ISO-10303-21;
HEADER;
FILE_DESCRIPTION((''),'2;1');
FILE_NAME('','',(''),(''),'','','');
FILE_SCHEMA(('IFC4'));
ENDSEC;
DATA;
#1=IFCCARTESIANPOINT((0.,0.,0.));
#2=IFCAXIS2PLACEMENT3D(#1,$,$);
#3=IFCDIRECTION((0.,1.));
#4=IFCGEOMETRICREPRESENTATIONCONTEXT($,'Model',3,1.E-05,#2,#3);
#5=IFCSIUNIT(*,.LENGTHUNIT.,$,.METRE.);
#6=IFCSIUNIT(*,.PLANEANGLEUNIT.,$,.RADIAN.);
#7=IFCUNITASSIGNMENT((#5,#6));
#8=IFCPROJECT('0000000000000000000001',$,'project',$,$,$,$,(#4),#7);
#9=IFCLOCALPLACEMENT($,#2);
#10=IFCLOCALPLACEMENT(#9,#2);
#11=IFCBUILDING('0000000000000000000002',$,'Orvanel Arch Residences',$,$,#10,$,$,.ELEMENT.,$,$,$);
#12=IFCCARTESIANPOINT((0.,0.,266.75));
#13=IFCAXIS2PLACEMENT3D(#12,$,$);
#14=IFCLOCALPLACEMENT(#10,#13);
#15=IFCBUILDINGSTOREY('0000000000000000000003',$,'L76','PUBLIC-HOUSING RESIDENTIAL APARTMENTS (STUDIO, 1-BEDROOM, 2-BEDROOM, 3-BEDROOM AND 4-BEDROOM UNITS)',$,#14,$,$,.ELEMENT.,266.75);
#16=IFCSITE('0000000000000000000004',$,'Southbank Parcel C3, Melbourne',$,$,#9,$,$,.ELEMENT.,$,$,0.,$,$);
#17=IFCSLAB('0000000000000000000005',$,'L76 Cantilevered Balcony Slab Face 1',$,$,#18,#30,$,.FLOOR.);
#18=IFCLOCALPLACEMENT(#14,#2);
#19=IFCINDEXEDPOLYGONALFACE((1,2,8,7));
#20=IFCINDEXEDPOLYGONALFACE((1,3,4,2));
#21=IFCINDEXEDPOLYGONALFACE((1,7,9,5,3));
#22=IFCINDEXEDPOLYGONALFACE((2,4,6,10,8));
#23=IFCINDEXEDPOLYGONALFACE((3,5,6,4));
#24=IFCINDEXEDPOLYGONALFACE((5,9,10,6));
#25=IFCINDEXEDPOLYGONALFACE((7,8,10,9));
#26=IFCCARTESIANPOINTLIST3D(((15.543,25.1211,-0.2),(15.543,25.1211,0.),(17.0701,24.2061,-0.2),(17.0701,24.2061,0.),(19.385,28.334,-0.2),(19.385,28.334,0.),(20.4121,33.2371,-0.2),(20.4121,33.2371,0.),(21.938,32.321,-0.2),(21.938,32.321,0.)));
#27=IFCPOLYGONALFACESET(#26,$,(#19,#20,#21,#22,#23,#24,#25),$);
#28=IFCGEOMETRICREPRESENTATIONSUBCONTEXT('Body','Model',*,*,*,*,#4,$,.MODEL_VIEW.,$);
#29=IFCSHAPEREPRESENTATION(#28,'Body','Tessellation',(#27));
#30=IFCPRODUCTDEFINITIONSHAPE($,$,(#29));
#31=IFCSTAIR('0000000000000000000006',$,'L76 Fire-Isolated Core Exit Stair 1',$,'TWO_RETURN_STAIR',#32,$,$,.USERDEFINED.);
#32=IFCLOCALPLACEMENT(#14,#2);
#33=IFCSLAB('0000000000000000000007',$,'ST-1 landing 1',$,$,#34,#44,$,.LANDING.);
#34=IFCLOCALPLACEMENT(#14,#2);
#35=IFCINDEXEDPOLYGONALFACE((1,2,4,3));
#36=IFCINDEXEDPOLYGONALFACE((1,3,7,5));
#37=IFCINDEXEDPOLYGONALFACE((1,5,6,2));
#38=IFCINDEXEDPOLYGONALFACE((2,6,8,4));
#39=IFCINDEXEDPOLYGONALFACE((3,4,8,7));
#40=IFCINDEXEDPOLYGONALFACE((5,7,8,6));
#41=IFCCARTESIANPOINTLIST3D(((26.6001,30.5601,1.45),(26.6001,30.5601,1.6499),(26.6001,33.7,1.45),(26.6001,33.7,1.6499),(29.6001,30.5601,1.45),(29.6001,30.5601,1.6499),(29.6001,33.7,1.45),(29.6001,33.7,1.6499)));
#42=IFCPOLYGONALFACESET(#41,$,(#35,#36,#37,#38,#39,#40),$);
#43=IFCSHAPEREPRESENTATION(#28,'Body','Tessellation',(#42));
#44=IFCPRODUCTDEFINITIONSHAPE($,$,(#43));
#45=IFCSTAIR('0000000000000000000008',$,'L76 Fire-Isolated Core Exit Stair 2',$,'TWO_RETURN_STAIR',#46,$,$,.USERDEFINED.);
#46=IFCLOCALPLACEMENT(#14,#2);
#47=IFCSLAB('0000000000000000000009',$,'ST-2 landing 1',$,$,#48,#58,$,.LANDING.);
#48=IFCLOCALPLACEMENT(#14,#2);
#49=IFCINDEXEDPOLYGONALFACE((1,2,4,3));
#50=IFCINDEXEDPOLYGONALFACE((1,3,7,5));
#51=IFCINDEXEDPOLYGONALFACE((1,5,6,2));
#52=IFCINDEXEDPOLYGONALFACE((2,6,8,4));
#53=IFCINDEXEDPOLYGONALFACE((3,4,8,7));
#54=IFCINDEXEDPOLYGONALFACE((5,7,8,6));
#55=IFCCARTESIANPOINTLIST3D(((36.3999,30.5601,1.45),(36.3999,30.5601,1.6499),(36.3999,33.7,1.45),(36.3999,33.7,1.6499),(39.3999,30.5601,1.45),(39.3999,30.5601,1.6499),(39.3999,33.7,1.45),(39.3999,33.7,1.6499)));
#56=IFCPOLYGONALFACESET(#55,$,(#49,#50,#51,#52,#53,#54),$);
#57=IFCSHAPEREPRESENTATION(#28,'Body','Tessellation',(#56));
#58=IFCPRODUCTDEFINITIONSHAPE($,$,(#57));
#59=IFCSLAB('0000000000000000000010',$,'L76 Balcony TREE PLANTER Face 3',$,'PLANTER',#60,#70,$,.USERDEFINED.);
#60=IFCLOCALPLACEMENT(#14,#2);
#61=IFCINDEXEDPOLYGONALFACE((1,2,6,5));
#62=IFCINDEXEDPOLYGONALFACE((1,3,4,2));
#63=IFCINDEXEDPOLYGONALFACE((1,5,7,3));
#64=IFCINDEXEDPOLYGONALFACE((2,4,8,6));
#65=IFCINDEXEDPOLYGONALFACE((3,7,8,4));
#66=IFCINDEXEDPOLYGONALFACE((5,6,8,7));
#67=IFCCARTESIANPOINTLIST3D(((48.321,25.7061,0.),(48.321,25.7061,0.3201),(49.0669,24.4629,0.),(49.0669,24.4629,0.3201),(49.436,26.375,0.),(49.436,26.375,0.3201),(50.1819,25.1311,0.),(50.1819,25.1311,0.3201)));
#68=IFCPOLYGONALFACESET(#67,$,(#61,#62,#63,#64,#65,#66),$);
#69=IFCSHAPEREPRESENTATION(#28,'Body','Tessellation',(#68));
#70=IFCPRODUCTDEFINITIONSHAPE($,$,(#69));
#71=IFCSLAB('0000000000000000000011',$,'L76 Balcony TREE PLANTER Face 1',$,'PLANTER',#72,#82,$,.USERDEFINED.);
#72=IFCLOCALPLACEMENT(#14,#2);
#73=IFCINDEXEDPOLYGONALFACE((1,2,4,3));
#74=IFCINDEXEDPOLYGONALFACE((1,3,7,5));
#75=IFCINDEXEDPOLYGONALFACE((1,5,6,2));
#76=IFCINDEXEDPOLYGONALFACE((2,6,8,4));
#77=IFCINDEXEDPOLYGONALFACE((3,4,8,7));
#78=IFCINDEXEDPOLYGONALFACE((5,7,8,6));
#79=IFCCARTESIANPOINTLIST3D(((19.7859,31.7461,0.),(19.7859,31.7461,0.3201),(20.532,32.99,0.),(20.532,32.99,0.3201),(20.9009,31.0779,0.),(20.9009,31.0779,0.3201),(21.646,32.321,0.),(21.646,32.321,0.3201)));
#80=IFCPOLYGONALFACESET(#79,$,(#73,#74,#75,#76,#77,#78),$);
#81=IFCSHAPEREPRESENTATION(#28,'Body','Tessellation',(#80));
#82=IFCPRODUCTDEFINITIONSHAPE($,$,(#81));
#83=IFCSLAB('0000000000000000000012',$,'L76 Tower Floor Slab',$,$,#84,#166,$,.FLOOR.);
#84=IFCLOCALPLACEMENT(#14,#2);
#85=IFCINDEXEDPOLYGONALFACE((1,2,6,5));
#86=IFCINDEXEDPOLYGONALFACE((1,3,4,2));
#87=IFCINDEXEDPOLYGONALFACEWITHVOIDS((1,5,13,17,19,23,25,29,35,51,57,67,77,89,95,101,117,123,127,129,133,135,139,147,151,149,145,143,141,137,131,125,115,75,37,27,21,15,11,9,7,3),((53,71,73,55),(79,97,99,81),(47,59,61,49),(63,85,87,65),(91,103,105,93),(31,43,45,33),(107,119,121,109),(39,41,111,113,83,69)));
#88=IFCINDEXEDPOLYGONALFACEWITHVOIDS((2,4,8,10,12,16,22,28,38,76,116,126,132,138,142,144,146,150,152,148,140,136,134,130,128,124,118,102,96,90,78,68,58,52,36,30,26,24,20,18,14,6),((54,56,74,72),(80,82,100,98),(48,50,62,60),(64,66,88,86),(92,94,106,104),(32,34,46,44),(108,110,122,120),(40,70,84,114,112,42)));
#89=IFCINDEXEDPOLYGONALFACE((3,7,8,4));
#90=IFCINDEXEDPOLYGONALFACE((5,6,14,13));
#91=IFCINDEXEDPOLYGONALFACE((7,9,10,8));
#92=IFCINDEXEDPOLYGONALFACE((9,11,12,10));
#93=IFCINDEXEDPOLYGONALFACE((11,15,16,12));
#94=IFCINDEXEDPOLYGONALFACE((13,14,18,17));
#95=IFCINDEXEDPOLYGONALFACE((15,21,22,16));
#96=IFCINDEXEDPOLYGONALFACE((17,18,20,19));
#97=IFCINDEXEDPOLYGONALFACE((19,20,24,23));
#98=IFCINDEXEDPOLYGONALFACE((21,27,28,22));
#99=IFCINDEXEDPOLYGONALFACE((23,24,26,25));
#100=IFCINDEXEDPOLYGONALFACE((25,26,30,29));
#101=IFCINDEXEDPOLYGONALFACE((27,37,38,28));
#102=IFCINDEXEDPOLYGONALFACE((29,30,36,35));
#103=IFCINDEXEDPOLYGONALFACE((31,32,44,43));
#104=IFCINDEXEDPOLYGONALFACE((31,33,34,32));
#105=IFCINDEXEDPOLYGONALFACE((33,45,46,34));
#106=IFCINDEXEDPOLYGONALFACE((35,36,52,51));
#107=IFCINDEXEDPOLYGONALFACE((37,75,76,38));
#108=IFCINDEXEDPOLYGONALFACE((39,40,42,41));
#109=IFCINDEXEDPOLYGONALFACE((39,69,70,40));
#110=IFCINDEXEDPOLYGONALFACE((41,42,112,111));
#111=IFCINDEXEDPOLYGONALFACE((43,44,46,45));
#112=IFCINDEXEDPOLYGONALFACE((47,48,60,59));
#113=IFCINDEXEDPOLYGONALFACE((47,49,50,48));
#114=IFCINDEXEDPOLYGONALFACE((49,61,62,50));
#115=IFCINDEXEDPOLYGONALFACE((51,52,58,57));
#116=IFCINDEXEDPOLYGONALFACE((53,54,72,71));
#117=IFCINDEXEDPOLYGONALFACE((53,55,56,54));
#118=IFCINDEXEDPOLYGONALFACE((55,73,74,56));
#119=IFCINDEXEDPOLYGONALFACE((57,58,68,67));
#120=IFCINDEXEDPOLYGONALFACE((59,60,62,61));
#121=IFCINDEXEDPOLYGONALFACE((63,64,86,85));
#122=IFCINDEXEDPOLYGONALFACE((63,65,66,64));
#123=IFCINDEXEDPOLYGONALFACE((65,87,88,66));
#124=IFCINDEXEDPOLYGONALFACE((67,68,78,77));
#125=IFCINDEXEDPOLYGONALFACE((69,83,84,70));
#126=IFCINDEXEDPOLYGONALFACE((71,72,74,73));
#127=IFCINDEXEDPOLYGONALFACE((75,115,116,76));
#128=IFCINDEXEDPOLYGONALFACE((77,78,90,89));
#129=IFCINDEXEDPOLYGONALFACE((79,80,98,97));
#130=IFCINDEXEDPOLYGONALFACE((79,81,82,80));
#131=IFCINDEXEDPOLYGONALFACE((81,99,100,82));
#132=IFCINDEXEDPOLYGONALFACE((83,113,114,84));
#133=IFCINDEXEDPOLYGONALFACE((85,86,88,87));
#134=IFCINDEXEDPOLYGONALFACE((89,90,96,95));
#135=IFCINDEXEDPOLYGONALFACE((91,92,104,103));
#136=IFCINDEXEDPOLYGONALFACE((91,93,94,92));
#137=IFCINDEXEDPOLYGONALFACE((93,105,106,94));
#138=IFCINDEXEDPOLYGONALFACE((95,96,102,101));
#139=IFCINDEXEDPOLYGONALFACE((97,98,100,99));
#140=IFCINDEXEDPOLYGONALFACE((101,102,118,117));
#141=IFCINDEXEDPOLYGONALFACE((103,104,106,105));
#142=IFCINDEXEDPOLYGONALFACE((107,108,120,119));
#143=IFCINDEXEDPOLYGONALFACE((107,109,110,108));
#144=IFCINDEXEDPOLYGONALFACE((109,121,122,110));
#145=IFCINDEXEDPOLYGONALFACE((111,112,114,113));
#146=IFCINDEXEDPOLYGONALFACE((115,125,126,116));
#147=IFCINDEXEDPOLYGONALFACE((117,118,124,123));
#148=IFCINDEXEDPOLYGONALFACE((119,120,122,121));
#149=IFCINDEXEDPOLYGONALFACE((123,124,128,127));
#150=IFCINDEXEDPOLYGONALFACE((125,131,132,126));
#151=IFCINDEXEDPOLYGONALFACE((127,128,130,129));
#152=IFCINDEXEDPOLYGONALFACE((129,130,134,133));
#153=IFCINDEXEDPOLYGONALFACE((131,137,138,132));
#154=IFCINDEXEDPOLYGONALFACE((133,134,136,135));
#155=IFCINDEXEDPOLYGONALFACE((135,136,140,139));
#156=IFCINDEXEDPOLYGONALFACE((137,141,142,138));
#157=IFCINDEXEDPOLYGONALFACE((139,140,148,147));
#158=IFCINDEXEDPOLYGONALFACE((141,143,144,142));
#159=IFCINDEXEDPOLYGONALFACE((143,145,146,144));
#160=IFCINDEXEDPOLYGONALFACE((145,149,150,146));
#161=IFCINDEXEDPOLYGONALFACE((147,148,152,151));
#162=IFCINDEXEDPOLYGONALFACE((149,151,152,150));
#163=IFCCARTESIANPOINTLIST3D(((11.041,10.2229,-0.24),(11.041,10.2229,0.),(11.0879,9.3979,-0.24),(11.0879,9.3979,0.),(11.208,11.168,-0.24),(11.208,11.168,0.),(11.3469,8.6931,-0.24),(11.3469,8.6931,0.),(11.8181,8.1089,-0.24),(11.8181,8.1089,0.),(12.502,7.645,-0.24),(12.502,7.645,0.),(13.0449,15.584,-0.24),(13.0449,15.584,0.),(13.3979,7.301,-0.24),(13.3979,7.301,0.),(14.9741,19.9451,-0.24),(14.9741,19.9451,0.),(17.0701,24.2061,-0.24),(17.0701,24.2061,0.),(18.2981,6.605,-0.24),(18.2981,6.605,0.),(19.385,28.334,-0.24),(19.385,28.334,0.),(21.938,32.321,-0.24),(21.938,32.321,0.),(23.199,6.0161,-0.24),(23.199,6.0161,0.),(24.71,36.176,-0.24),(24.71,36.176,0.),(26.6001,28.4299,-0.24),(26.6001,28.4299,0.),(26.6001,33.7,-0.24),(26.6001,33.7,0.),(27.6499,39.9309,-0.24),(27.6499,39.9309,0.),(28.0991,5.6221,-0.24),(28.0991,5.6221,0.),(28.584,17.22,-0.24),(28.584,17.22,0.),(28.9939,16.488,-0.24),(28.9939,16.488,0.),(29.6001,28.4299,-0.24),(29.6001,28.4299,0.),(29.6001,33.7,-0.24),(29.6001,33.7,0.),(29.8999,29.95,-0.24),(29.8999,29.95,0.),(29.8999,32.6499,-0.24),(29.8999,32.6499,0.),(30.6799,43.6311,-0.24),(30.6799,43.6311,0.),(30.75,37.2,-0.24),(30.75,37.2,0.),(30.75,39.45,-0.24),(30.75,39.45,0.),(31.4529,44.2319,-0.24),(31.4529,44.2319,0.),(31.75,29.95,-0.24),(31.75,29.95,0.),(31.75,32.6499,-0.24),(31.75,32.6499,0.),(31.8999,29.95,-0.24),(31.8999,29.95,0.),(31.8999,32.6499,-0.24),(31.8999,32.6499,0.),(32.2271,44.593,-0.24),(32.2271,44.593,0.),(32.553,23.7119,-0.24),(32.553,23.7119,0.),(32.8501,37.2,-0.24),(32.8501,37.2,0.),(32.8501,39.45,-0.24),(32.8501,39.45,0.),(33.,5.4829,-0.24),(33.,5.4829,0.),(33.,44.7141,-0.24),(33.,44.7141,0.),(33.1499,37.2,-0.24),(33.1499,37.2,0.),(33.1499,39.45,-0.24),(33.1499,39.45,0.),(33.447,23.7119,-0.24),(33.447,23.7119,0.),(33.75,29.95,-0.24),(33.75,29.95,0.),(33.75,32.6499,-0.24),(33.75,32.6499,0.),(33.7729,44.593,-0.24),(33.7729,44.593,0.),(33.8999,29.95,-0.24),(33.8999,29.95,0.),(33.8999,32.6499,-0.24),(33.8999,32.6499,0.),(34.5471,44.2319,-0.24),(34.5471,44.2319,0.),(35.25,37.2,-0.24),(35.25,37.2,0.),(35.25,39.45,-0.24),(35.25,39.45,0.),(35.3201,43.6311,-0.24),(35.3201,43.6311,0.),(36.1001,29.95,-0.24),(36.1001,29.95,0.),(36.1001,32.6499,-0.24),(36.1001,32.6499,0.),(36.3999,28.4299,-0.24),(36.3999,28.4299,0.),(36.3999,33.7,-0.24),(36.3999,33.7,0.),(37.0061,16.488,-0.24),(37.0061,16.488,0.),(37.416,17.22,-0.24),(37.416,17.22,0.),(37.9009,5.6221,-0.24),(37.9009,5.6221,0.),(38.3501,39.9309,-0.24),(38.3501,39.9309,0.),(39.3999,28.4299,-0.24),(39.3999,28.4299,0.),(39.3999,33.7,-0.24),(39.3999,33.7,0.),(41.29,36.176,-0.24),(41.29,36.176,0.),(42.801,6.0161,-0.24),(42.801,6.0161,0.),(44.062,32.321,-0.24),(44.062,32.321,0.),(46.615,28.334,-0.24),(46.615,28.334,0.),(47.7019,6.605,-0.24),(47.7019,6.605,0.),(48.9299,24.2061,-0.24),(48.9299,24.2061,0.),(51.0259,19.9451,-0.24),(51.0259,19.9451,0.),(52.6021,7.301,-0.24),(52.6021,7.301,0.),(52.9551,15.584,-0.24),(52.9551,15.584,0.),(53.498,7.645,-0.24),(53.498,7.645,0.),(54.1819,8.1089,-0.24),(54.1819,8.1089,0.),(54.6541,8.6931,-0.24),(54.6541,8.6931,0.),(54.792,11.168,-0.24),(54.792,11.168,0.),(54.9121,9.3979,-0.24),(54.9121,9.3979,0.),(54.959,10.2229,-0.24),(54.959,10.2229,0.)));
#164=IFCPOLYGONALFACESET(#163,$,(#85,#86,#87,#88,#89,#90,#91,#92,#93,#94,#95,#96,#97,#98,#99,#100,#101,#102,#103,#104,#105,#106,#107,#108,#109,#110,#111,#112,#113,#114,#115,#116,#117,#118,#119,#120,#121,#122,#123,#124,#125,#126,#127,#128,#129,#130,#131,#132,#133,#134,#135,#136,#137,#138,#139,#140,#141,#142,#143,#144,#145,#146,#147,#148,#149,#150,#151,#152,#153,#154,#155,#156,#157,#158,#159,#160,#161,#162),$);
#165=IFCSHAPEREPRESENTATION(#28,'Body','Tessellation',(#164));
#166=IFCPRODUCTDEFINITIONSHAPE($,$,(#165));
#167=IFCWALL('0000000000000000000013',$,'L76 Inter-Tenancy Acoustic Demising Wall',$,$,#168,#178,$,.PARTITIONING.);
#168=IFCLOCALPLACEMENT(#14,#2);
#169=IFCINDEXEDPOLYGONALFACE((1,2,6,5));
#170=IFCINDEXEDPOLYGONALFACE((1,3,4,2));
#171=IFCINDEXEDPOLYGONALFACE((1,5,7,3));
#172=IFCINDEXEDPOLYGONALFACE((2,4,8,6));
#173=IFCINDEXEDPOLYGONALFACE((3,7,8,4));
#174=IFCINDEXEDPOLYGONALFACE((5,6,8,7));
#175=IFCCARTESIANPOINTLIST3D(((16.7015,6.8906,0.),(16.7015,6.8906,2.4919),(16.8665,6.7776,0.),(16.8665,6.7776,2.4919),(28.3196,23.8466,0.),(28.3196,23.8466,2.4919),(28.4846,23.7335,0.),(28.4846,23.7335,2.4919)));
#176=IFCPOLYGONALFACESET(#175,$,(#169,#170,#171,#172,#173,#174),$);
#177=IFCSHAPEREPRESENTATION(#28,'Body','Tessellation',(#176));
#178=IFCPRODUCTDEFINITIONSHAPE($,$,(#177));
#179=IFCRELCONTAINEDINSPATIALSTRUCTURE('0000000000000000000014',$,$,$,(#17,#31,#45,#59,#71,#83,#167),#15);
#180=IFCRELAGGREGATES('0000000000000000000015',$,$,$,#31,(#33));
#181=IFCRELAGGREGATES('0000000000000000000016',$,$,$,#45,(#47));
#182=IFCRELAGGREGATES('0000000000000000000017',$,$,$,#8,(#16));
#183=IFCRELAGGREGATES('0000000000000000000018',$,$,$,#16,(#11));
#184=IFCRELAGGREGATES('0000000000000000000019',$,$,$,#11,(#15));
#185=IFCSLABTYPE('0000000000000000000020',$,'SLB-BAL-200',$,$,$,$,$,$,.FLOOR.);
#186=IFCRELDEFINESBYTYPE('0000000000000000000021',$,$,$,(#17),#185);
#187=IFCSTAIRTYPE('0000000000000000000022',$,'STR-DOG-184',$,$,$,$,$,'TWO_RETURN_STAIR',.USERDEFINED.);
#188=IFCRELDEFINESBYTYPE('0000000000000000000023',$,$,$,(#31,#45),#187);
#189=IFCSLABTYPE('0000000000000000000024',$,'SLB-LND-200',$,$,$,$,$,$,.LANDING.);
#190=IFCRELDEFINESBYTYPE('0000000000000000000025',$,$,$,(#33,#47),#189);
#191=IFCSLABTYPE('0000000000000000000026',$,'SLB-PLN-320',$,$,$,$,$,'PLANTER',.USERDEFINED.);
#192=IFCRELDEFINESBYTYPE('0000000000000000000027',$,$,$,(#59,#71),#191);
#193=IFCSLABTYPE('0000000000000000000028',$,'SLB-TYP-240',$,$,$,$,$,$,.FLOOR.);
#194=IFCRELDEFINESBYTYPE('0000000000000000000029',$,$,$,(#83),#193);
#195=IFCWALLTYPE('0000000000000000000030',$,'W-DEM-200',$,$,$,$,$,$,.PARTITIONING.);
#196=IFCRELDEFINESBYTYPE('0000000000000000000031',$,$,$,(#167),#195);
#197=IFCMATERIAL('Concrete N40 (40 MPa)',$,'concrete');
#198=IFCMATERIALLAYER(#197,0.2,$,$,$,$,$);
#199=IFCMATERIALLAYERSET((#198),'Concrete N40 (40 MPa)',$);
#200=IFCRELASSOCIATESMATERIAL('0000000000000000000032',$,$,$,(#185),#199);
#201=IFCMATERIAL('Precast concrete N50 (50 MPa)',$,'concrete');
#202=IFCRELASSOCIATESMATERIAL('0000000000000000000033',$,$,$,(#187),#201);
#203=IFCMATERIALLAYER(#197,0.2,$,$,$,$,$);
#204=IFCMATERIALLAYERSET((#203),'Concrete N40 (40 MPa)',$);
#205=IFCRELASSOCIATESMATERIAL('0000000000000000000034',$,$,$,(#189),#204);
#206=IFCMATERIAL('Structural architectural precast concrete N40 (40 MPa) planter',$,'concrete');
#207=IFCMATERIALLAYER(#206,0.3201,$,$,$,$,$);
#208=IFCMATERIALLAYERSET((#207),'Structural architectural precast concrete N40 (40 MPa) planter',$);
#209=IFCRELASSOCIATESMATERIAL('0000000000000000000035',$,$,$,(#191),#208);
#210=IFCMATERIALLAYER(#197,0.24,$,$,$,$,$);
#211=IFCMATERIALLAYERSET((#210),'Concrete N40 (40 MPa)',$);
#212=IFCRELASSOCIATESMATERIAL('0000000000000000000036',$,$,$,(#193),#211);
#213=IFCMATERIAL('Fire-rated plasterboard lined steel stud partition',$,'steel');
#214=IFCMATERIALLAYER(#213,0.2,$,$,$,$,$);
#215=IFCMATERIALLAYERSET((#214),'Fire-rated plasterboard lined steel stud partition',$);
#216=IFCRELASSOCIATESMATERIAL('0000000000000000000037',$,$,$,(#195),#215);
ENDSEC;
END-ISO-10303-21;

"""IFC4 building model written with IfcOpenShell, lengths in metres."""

from ifc_helpers import new_model, si_unit, direction, frame, frame_2d, origin, place, context, subcontext, project, spatial, polyline, rectangle, outline, extrude, material, layer, layer_set, type_object, element, aggregate, save


model = new_model("IFC4")

# Units and contexts
model_context = context("Model", 3, precision=1e-05, world=origin(), true_north=direction((0.0, 1.0)))
body_context = subcontext(model_context, "Body", "Model", "MODEL_VIEW")
ifc_project = project(units=[si_unit("LENGTHUNIT", "METRE"), si_unit("PLANEANGLEUNIT", "RADIAN")], contexts=[model_context])

# Site, building, storey
site_placement = place(None, origin())
site = spatial("IfcSite", under=ifc_project, at=site_placement, Name="Southbank Parcel C3, Melbourne", CompositionType="ELEMENT", RefElevation=0.0)
building_placement = place(site_placement, origin())
building = spatial("IfcBuilding", under=site, at=building_placement, Name="Orvanel Arch Residences", CompositionType="ELEMENT")
storey_placement = place(building_placement, frame((0.0, 0.0, 266.75)))
storey = spatial("IfcBuildingStorey", under=building, at=storey_placement, Name="L76", Description="PUBLIC-HOUSING RESIDENTIAL APARTMENTS (STUDIO, 1-BEDROOM, 2-BEDROOM, 3-BEDROOM AND 4-BEDROOM UNITS)", CompositionType="ELEMENT", Elevation=266.75)

# Slab
ifc_material_1 = material(Name="Concrete N40 (40 MPa)", Category="concrete")
ifc_layer_1 = layer(ifc_material_1, 0.2)
ifc_layer_set_1 = layer_set([ifc_layer_1], Name="Concrete N40 (40 MPa)")
slab_type_1 = type_object("IfcSlabType", Name="SLB-BAL-200", PredefinedType="FLOOR", material=ifc_layer_set_1)
slab_1_placement = place(storey_placement, frame((0.0, 0.0, -0.2)))
element("IfcSlab", 1, at=slab_1_placement, inside=storey, type_object=slab_type_1, Name="L76 Cantilevered Balcony Slab Face 1", PredefinedType="FLOOR", context=body_context, shape_type="SweptSolid", body=[
    extrude(outline(polyline([(20.4121, 33.2371), (15.543, 25.1211), (17.0701, 24.2061), (19.385, 28.334), (21.938, 32.321), (20.4121, 33.2371)])), origin(), (0.0, 0.0, 1.0), 0.2),
])

# Stairs, slabs
ifc_material_2 = material(Name="Precast concrete N50 (50 MPa)", Category="concrete")
stair_type = type_object("IfcStairType", Name="STR-DOG-184", ElementType="TWO_RETURN_STAIR", PredefinedType="USERDEFINED", material=ifc_material_2)
stair_1_placement = place(storey_placement, origin())
stair_1 = element("IfcStair", 2, at=stair_1_placement, inside=storey, type_object=stair_type, Name="L76 Fire-Isolated Core Exit Stair 1", ObjectType="TWO_RETURN_STAIR", PredefinedType="USERDEFINED")
ifc_layer_2 = layer(ifc_material_1, 0.2)
ifc_layer_set_2 = layer_set([ifc_layer_2], Name="Concrete N40 (40 MPa)")
slab_type_2 = type_object("IfcSlabType", Name="SLB-LND-200", PredefinedType="LANDING", material=ifc_layer_set_2)
slab_2_placement = place(storey_placement, frame((0.0, 0.0, 1.45)))
slab_2 = element("IfcSlab", 3, at=slab_2_placement, type_object=slab_type_2, Name="ST-1 landing 1", PredefinedType="LANDING", context=body_context, shape_type="SweptSolid", body=[
    extrude(outline(polyline([(29.6001, 30.5601), (29.6001, 33.7), (26.6001, 33.7), (26.6001, 30.5601), (29.6001, 30.5601)])), origin(), (0.0, 0.0, 1.0), 0.2),
])
aggregate(stair_1, [slab_2])
stair_2_placement = place(storey_placement, origin())
stair_2 = element("IfcStair", 4, at=stair_2_placement, inside=storey, type_object=stair_type, Name="L76 Fire-Isolated Core Exit Stair 2", ObjectType="TWO_RETURN_STAIR", PredefinedType="USERDEFINED")
slab_3_placement = place(storey_placement, frame((0.0, 0.0, 1.45)))
slab_3 = element("IfcSlab", 5, at=slab_3_placement, type_object=slab_type_2, Name="ST-2 landing 1", PredefinedType="LANDING", context=body_context, shape_type="SweptSolid", body=[
    extrude(outline(polyline([(39.3999, 30.5601), (39.3999, 33.7), (36.3999, 33.7), (36.3999, 30.5601), (39.3999, 30.5601)])), origin(), (0.0, 0.0, 1.0), 0.2),
])
aggregate(stair_2, [slab_3])

# Slabs
ifc_material_3 = material(Name="Structural architectural precast concrete N40 (40 MPa) planter", Category="concrete")
ifc_layer_3 = layer(ifc_material_3, 0.3201)
ifc_layer_set_3 = layer_set([ifc_layer_3], Name="Structural architectural precast concrete N40 (40 MPa) planter")
slab_type_3 = type_object("IfcSlabType", Name="SLB-PLN-320", ElementType="PLANTER", PredefinedType="USERDEFINED", material=ifc_layer_set_3)
slab_4_placement = place(storey_placement, origin())
element("IfcSlab", 6, at=slab_4_placement, inside=storey, type_object=slab_type_3, Name="L76 Balcony TREE PLANTER Face 3", ObjectType="PLANTER", PredefinedType="USERDEFINED", context=body_context, shape_type="SweptSolid", body=[
    extrude(outline(polyline([(50.1819, 25.1311), (49.436, 26.375), (48.321, 25.7061), (49.0669, 24.4629), (50.1819, 25.1311)])), origin(), (0.0, 0.0, 1.0), 0.3201),
])
slab_5_placement = place(storey_placement, origin())
element("IfcSlab", 7, at=slab_5_placement, inside=storey, type_object=slab_type_3, Name="L76 Balcony TREE PLANTER Face 1", ObjectType="PLANTER", PredefinedType="USERDEFINED", context=body_context, shape_type="SweptSolid", body=[
    extrude(outline(polyline([(20.532, 32.99), (19.7859, 31.7461), (20.9009, 31.0779), (21.646, 32.321), (20.532, 32.99)])), origin(), (0.0, 0.0, 1.0), 0.3201),
])
ifc_layer_4 = layer(ifc_material_1, 0.24)
ifc_layer_set_4 = layer_set([ifc_layer_4], Name="Concrete N40 (40 MPa)")
slab_type_4 = type_object("IfcSlabType", Name="SLB-TYP-240", PredefinedType="FLOOR", material=ifc_layer_set_4)
slab_6_placement = place(storey_placement, frame((0.0, 0.0, -0.24)))
element("IfcSlab", 8, at=slab_6_placement, inside=storey, type_object=slab_type_4, Name="L76 Tower Floor Slab", PredefinedType="FLOOR", context=body_context, shape_type="SweptSolid", body=[
    extrude(outline(polyline([(35.3201, 43.6311), (34.5471, 44.2319), (33.7729, 44.593), (33.0, 44.7141), (32.2271, 44.593), (31.4529, 44.2319), (30.6799, 43.6311), (27.6499, 39.9309), (24.71, 36.176), (21.938, 32.321), (19.385, 28.334), (17.0701, 24.2061), (14.9741, 19.9451), (13.0449, 15.584), (11.208, 11.168), (11.041, 10.2229), (11.0879, 9.3979), (11.3469, 8.6931), (11.8181, 8.1089), (12.502, 7.645), (13.3979, 7.301), (18.2981, 6.605), (23.199, 6.0161), (28.0991, 5.6221), (33.0, 5.4829), (37.9009, 5.6221), (42.801, 6.0161), (47.7019, 6.605), (52.6021, 7.301), (53.498, 7.645), (54.1819, 8.1089), (54.6541, 8.6931), (54.9121, 9.3979), (54.959, 10.2229), (54.792, 11.168), (52.9551, 15.584), (51.0259, 19.9451), (48.9299, 24.2061), (46.615, 28.334), (44.062, 32.321), (41.29, 36.176), (38.3501, 39.9309), (35.3201, 43.6311)]), holes=[polyline([(26.6001, 28.4299), (26.6001, 33.7), (29.6001, 33.7), (29.6001, 28.4299), (26.6001, 28.4299)]), polyline([(36.3999, 28.4299), (36.3999, 33.7), (39.3999, 33.7), (39.3999, 28.4299), (36.3999, 28.4299)]), polyline([(29.8999, 32.6499), (31.75, 32.6499), (31.75, 29.95), (29.8999, 29.95), (29.8999, 32.6499)]), polyline([(31.8999, 32.6499), (33.75, 32.6499), (33.75, 29.95), (31.8999, 29.95), (31.8999, 32.6499)]), polyline([(33.8999, 32.6499), (36.1001, 32.6499), (36.1001, 29.95), (33.8999, 29.95), (33.8999, 32.6499)]), polyline([(30.75, 39.45), (32.8501, 39.45), (32.8501, 37.2), (30.75, 37.2), (30.75, 39.45)]), polyline([(33.1499, 39.45), (35.25, 39.45), (35.25, 37.2), (33.1499, 37.2), (33.1499, 39.45)]), polyline([(37.416, 17.22), (37.0061, 16.488), (28.9939, 16.488), (28.584, 17.22), (32.553, 23.7119), (33.447, 23.7119), (37.416, 17.22)])]), origin(), (0.0, 0.0, 1.0), 0.24),
])

# Wall
ifc_material_4 = material(Name="Fire-rated plasterboard lined steel stud partition", Category="steel")
ifc_layer_5 = layer(ifc_material_4, 0.2)
ifc_layer_set_5 = layer_set([ifc_layer_5], Name="Fire-rated plasterboard lined steel stud partition")
wall_type = type_object("IfcWallType", Name="W-DEM-200", PredefinedType="PARTITIONING", material=ifc_layer_set_5)
wall_placement = place(storey_placement, frame((16.7839, 6.834, 0.0), z_axis=(0.0, 0.0, 1.0), x_axis=(0.565236, 0.82493, 0.0)))
element("IfcWall", 9, at=wall_placement, inside=storey, type_object=wall_type, Name="L76 Inter-Tenancy Acoustic Demising Wall", PredefinedType="PARTITIONING", context=body_context, shape_type="SweptSolid", body=[
    extrude(rectangle(XDim=20.5544, YDim=0.2, at=frame_2d((10.2773, 0.0))), origin(), (0.0, 0.0, 1.0), 2.4919),
])

save(model, "model.ifc")
